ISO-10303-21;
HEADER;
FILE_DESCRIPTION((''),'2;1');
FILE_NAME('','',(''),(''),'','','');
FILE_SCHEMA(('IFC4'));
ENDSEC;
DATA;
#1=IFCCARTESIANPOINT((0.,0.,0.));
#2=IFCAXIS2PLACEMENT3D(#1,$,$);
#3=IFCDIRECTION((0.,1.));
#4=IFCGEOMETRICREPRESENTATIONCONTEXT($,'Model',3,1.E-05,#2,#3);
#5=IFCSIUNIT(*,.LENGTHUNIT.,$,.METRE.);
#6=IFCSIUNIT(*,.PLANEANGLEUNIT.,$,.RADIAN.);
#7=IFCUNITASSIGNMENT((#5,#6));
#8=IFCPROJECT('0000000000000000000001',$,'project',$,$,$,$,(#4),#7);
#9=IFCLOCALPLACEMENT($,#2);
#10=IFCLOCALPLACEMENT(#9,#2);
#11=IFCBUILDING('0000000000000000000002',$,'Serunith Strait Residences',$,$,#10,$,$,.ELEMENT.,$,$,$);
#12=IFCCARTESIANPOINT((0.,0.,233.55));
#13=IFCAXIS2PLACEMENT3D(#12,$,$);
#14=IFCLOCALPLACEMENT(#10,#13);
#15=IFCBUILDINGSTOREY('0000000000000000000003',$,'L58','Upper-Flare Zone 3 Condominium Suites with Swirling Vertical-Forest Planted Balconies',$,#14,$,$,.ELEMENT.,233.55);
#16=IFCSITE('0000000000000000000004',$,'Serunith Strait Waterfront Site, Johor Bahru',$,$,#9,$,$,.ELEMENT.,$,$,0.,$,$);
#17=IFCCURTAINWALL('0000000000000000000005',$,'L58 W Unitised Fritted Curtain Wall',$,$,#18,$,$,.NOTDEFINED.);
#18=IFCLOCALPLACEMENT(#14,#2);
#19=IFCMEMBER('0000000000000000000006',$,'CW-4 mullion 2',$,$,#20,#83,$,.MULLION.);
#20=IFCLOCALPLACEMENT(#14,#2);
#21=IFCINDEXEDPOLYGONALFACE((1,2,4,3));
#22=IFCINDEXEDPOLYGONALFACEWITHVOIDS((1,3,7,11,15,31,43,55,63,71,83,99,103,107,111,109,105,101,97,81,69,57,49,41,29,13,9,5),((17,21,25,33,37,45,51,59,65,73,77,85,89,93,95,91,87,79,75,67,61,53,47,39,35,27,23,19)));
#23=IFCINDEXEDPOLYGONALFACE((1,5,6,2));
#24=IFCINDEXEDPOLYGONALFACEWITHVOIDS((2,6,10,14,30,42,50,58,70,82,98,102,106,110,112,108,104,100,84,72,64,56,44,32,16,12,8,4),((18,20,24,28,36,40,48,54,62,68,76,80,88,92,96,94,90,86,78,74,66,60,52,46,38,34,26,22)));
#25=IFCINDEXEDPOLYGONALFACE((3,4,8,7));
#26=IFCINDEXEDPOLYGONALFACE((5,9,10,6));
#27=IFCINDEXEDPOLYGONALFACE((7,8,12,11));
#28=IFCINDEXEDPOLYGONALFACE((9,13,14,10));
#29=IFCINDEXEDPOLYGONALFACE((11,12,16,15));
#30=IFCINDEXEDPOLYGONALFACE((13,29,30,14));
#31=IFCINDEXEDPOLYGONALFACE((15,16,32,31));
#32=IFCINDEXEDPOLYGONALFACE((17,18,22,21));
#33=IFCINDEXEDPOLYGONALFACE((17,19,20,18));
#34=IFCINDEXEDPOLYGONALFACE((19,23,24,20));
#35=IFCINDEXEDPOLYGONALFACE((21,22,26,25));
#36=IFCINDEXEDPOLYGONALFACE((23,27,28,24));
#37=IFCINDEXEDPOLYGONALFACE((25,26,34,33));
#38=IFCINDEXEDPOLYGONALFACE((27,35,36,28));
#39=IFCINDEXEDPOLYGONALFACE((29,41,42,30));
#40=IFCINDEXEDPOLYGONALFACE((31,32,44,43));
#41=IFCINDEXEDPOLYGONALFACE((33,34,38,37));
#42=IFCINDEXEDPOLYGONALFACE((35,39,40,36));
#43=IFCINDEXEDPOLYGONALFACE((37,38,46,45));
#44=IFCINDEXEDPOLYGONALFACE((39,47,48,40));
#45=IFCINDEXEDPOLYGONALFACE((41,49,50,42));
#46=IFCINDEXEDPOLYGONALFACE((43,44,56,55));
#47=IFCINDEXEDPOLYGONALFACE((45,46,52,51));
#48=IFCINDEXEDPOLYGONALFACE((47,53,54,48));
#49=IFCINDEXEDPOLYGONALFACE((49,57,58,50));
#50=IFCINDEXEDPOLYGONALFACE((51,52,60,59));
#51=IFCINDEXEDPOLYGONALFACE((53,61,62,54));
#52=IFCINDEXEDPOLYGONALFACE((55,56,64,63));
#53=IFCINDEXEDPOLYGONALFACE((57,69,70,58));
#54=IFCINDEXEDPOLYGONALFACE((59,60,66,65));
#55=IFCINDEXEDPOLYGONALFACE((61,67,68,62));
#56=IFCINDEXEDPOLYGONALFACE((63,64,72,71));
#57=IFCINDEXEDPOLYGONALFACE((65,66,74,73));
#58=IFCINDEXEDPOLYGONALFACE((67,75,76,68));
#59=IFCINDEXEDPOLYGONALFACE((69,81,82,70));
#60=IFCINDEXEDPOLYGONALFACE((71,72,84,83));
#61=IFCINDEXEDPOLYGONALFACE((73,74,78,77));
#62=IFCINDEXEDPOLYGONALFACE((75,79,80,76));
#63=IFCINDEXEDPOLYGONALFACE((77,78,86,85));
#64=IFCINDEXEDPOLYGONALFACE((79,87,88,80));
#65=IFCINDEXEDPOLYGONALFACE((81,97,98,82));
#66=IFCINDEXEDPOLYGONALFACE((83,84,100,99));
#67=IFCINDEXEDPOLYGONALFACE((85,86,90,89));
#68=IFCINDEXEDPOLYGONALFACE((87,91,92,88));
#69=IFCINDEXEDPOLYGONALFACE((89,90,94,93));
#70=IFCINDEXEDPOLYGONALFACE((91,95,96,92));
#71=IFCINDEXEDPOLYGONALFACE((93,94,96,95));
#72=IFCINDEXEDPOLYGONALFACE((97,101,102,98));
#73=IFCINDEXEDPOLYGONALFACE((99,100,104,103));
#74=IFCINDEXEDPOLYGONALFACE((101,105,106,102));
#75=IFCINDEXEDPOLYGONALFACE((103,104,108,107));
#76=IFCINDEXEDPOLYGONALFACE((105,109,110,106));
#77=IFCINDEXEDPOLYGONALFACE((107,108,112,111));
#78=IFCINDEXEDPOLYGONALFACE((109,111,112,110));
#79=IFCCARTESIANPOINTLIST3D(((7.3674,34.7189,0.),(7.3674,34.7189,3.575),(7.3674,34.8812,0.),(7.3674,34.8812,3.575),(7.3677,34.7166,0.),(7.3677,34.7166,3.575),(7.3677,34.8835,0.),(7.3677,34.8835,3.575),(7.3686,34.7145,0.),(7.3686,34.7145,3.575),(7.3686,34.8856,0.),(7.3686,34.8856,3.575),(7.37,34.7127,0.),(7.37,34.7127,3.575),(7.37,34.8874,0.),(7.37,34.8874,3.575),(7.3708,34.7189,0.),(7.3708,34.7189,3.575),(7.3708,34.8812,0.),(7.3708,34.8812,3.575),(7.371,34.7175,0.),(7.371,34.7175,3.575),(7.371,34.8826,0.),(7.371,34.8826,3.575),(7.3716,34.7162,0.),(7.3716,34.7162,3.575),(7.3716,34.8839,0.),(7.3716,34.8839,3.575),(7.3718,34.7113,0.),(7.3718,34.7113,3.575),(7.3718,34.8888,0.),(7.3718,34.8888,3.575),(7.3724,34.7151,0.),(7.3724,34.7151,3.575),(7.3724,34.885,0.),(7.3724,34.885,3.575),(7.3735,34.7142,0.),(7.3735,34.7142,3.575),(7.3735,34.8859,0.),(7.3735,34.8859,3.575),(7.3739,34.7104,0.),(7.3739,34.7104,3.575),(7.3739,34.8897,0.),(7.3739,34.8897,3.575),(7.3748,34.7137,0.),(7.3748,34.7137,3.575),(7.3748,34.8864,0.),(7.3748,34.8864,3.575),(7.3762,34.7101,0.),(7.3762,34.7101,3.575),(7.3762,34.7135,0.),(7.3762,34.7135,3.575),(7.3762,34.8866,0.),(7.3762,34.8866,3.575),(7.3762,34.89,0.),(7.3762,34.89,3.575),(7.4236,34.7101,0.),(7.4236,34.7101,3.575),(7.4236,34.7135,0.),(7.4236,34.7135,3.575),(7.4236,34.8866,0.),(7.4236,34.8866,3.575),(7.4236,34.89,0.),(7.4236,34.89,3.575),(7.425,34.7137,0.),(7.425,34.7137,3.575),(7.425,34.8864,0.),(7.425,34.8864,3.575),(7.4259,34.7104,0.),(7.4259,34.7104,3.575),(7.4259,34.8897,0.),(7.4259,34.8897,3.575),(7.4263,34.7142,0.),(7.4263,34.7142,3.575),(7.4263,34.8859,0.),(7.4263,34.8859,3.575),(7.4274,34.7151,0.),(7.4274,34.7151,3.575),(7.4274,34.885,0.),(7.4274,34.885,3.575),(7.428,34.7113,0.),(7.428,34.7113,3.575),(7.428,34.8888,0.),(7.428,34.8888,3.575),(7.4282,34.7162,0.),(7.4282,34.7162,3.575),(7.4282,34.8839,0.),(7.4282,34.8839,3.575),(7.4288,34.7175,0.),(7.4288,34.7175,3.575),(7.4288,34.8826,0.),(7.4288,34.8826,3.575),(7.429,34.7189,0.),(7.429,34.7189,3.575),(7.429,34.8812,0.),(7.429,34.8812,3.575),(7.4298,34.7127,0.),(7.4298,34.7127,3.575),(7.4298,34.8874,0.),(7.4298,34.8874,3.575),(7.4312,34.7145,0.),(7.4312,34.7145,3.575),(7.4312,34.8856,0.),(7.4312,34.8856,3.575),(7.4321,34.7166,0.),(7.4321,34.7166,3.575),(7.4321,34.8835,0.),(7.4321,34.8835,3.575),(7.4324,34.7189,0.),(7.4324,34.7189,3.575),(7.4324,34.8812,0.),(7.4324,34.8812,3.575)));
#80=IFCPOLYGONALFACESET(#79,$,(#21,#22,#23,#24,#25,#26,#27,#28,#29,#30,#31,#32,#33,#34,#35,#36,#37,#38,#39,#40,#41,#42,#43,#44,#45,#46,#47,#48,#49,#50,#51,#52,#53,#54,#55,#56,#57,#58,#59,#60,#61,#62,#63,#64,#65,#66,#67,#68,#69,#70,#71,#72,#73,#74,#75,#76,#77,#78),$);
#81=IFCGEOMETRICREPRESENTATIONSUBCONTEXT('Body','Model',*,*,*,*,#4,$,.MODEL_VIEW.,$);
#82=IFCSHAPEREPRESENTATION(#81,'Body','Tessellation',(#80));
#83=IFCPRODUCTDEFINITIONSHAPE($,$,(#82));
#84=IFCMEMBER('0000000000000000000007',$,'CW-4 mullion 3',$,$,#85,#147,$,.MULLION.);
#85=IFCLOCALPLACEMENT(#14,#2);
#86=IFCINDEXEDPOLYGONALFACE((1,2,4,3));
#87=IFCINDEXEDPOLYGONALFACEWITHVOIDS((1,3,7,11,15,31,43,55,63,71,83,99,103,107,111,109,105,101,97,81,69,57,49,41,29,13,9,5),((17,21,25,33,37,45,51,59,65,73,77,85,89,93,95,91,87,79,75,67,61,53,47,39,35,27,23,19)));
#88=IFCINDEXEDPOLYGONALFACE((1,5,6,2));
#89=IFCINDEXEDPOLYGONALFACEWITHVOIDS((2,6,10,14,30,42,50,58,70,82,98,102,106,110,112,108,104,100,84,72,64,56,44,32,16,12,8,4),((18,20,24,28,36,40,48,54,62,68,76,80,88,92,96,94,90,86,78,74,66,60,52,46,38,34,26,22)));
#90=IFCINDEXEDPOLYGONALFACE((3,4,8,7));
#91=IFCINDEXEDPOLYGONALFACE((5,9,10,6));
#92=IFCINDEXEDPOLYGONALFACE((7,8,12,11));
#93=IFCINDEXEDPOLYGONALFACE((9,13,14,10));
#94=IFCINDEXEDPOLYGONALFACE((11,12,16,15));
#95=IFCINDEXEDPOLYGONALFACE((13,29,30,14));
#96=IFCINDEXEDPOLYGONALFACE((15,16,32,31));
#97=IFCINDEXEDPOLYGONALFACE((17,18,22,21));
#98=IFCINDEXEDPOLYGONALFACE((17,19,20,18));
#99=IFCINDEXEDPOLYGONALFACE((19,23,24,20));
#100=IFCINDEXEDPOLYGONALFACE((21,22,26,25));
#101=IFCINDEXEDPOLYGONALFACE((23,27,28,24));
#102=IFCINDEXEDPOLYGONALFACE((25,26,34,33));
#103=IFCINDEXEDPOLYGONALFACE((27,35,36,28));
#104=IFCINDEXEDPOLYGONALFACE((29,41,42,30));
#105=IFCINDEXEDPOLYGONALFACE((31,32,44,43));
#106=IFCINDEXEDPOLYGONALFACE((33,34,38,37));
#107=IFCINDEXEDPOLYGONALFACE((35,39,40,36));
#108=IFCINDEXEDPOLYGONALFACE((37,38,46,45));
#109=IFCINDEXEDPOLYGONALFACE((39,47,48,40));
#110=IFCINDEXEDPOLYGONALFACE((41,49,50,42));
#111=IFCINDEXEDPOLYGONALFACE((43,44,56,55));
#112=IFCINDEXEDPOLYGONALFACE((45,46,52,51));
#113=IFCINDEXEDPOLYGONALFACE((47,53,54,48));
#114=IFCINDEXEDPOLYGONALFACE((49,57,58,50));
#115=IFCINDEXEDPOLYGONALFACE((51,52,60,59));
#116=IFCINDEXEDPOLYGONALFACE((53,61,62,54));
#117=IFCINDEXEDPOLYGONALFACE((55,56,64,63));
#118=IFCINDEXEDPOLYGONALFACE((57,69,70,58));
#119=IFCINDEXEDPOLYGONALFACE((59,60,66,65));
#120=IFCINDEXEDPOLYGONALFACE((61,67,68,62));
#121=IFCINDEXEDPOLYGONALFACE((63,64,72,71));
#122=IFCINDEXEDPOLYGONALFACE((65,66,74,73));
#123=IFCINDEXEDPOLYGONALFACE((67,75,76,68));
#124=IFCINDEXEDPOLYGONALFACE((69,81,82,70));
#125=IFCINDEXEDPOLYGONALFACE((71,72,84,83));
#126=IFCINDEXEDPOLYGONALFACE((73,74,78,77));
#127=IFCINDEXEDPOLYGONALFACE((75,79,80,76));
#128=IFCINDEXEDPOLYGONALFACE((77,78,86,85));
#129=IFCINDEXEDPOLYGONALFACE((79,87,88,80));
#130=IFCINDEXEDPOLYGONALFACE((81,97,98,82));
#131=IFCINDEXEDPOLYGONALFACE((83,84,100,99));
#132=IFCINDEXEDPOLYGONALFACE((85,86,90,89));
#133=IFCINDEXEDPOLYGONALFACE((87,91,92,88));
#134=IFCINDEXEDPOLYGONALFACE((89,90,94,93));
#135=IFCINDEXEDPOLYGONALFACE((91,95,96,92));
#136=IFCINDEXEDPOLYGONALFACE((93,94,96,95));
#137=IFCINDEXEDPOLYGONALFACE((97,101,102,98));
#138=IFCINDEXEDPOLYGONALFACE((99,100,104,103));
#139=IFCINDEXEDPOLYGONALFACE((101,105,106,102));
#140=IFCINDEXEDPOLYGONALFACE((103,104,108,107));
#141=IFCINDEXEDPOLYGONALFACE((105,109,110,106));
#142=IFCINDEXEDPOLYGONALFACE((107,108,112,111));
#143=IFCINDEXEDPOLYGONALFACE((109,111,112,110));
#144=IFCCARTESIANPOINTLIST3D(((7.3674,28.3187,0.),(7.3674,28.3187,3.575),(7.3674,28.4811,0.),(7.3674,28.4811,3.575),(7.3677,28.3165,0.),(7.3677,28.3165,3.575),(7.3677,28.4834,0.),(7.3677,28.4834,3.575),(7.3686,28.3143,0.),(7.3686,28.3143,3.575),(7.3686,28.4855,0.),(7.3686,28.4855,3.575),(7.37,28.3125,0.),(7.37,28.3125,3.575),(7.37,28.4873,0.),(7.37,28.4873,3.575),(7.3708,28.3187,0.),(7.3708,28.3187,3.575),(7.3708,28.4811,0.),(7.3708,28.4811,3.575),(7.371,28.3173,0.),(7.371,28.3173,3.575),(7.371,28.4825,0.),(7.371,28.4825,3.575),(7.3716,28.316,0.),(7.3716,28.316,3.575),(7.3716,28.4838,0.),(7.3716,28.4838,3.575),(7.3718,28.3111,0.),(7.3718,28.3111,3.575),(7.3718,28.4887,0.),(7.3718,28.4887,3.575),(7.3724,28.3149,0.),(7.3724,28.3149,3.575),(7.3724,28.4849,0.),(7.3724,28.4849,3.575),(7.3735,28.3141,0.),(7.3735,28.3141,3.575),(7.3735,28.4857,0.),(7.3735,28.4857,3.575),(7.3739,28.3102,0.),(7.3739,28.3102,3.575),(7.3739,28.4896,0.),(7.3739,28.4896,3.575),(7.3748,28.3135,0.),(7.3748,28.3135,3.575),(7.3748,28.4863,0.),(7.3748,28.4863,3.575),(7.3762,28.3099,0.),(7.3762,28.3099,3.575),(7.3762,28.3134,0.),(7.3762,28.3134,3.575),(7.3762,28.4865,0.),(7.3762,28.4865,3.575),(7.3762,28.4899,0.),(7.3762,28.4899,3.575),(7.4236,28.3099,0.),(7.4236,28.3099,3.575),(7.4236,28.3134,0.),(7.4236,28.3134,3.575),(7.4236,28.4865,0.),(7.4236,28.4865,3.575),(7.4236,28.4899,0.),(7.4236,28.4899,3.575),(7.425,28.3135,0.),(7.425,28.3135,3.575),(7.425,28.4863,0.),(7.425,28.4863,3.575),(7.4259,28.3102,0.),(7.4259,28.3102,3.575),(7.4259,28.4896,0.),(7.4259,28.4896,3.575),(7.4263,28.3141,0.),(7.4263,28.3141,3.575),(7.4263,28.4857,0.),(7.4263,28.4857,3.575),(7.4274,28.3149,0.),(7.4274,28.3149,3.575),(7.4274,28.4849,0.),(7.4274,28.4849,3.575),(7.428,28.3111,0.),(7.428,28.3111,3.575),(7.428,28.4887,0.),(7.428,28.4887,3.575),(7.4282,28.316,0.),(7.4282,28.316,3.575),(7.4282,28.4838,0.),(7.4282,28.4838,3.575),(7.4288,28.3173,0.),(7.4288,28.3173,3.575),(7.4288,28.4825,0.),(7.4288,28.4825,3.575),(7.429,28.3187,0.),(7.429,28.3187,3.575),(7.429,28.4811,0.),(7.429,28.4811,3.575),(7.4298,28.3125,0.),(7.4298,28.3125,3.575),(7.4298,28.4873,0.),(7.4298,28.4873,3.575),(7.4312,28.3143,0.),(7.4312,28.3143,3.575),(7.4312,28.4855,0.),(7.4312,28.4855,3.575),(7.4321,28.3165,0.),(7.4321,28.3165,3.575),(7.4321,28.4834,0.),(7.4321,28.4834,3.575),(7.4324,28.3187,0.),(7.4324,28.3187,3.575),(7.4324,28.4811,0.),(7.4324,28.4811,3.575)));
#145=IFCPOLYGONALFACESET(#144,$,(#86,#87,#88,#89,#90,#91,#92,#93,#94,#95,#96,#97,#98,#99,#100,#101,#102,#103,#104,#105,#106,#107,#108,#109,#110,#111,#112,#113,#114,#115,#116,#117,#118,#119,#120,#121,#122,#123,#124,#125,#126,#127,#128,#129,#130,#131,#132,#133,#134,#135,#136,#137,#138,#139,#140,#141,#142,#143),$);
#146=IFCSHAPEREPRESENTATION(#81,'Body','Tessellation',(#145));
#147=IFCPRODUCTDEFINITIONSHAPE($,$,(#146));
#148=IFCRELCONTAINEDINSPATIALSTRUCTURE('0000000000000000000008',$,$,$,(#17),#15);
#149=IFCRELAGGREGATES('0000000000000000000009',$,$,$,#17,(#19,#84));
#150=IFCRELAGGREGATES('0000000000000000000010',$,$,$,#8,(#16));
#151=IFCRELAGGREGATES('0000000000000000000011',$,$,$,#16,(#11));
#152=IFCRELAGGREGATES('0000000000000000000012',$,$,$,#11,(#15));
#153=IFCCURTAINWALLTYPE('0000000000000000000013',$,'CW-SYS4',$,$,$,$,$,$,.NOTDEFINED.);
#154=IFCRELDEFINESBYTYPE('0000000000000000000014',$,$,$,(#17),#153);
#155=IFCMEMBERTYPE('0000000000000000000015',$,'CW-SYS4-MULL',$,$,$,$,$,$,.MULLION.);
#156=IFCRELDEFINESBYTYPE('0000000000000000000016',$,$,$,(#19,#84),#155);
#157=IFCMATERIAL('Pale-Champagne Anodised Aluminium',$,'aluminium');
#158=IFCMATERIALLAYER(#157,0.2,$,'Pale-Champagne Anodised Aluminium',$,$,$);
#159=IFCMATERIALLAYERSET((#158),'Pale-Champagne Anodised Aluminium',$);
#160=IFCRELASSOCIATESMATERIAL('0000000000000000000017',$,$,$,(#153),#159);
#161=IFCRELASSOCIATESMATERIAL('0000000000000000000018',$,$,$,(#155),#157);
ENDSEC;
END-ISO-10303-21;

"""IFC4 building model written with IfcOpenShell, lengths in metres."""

from ifc_helpers import new_model, si_unit, direction, frame, origin, origin_2d, place, context, subcontext, project, spatial, hollow_rectangle, extrude, source, transform, mapped, material, layer, layer_set, material_profile, profile_set, type_object, element, aggregate, save


model = new_model("IFC4")

# Units and contexts
model_context = context("Model", 3, precision=1e-05, world=origin(), true_north=direction((0.0, 1.0)))
body_context = subcontext(model_context, "Body", "Model", "MODEL_VIEW")
ifc_project = project(units=[si_unit("LENGTHUNIT", "METRE"), si_unit("PLANEANGLEUNIT", "RADIAN")], contexts=[model_context])

# Site, building, storey
site_placement = place(None, origin())
site = spatial("IfcSite", under=ifc_project, at=site_placement, Name="Serunith Strait Waterfront Site, Johor Bahru", CompositionType="ELEMENT", RefElevation=0.0)
building_placement = place(site_placement, origin())
building = spatial("IfcBuilding", under=site, at=building_placement, Name="Serunith Strait Residences", CompositionType="ELEMENT")
storey_placement = place(building_placement, frame((0.0, 0.0, 233.55)))
storey = spatial("IfcBuildingStorey", under=building, at=storey_placement, Name="L58", Description="Upper-Flare Zone 3 Condominium Suites with Swirling Vertical-Forest Planted Balconies", CompositionType="ELEMENT", Elevation=233.55)

# Curtain wall, members
ifc_material_1 = material(Name="Pale-Champagne Anodised Aluminium", Category="aluminium")
ifc_layer_1 = layer(ifc_material_1, 0.2, Name="Pale-Champagne Anodised Aluminium")
ifc_layer_set_1 = layer_set([ifc_layer_1], Name="Pale-Champagne Anodised Aluminium")
curtain_wall_type = type_object("IfcCurtainWallType", Name="CW-SYS4", PredefinedType="NOTDEFINED", material=ifc_layer_set_1)
curtain_wall_placement = place(storey_placement, origin())
curtain_wall = element("IfcCurtainWall", 1, at=curtain_wall_placement, inside=storey, type_object=curtain_wall_type, Name="L58 W Unitised Fritted Curtain Wall", PredefinedType="NOTDEFINED")
ifc_material_profile_1 = material_profile(ifc_material_1, hollow_rectangle(XDim=0.0649, YDim=0.1799, WallThickness=0.0034, InnerFilletRadius=0.0054, OuterFilletRadius=0.0088, at=origin_2d()), Name="ALU 180x65x3.5")
ifc_profile_set_1 = profile_set([ifc_material_profile_1], Name="Pale-Champagne Anodised Aluminium")
member_type_1 = type_object("IfcMemberType", Name="CW-SYS4-MULL", PredefinedType="MULLION", material=ifc_profile_set_1)
shared_shape_1 = source(origin(), body_context, "Body", "SweptSolid", [
    extrude(hollow_rectangle(XDim=0.0649, YDim=0.1799, WallThickness=0.0034, InnerFilletRadius=0.0054, OuterFilletRadius=0.0088, at=origin_2d()), origin(), (0.0, 0.0, 1.0), 3.575),
])
member_1_placement = place(storey_placement, frame((7.3999, 34.8, 0.0), z_axis=(0.0, 0.0, 1.0), x_axis=(1.0, 0.0, 0.0)))
member_1 = element("IfcMember", 2, at=member_1_placement, type_object=member_type_1, Name="CW-4 mullion 2", PredefinedType="MULLION", context=body_context, shape_type="MappedRepresentation", body=[
    mapped(shared_shape_1, transform((0.0, 0.0, 0.0), scale=1.0)),
])
member_2_placement = place(storey_placement, frame((7.3999, 28.3999, 0.0), z_axis=(0.0, 0.0, 1.0), x_axis=(1.0, 0.0, 0.0)))
member_2 = element("IfcMember", 3, at=member_2_placement, type_object=member_type_1, Name="CW-4 mullion 3", PredefinedType="MULLION", context=body_context, shape_type="MappedRepresentation", body=[
    mapped(shared_shape_1, transform((0.0, 0.0, 0.0), scale=1.0)),
])
aggregate(curtain_wall, [member_1, member_2])

save(model, "model.ifc")
